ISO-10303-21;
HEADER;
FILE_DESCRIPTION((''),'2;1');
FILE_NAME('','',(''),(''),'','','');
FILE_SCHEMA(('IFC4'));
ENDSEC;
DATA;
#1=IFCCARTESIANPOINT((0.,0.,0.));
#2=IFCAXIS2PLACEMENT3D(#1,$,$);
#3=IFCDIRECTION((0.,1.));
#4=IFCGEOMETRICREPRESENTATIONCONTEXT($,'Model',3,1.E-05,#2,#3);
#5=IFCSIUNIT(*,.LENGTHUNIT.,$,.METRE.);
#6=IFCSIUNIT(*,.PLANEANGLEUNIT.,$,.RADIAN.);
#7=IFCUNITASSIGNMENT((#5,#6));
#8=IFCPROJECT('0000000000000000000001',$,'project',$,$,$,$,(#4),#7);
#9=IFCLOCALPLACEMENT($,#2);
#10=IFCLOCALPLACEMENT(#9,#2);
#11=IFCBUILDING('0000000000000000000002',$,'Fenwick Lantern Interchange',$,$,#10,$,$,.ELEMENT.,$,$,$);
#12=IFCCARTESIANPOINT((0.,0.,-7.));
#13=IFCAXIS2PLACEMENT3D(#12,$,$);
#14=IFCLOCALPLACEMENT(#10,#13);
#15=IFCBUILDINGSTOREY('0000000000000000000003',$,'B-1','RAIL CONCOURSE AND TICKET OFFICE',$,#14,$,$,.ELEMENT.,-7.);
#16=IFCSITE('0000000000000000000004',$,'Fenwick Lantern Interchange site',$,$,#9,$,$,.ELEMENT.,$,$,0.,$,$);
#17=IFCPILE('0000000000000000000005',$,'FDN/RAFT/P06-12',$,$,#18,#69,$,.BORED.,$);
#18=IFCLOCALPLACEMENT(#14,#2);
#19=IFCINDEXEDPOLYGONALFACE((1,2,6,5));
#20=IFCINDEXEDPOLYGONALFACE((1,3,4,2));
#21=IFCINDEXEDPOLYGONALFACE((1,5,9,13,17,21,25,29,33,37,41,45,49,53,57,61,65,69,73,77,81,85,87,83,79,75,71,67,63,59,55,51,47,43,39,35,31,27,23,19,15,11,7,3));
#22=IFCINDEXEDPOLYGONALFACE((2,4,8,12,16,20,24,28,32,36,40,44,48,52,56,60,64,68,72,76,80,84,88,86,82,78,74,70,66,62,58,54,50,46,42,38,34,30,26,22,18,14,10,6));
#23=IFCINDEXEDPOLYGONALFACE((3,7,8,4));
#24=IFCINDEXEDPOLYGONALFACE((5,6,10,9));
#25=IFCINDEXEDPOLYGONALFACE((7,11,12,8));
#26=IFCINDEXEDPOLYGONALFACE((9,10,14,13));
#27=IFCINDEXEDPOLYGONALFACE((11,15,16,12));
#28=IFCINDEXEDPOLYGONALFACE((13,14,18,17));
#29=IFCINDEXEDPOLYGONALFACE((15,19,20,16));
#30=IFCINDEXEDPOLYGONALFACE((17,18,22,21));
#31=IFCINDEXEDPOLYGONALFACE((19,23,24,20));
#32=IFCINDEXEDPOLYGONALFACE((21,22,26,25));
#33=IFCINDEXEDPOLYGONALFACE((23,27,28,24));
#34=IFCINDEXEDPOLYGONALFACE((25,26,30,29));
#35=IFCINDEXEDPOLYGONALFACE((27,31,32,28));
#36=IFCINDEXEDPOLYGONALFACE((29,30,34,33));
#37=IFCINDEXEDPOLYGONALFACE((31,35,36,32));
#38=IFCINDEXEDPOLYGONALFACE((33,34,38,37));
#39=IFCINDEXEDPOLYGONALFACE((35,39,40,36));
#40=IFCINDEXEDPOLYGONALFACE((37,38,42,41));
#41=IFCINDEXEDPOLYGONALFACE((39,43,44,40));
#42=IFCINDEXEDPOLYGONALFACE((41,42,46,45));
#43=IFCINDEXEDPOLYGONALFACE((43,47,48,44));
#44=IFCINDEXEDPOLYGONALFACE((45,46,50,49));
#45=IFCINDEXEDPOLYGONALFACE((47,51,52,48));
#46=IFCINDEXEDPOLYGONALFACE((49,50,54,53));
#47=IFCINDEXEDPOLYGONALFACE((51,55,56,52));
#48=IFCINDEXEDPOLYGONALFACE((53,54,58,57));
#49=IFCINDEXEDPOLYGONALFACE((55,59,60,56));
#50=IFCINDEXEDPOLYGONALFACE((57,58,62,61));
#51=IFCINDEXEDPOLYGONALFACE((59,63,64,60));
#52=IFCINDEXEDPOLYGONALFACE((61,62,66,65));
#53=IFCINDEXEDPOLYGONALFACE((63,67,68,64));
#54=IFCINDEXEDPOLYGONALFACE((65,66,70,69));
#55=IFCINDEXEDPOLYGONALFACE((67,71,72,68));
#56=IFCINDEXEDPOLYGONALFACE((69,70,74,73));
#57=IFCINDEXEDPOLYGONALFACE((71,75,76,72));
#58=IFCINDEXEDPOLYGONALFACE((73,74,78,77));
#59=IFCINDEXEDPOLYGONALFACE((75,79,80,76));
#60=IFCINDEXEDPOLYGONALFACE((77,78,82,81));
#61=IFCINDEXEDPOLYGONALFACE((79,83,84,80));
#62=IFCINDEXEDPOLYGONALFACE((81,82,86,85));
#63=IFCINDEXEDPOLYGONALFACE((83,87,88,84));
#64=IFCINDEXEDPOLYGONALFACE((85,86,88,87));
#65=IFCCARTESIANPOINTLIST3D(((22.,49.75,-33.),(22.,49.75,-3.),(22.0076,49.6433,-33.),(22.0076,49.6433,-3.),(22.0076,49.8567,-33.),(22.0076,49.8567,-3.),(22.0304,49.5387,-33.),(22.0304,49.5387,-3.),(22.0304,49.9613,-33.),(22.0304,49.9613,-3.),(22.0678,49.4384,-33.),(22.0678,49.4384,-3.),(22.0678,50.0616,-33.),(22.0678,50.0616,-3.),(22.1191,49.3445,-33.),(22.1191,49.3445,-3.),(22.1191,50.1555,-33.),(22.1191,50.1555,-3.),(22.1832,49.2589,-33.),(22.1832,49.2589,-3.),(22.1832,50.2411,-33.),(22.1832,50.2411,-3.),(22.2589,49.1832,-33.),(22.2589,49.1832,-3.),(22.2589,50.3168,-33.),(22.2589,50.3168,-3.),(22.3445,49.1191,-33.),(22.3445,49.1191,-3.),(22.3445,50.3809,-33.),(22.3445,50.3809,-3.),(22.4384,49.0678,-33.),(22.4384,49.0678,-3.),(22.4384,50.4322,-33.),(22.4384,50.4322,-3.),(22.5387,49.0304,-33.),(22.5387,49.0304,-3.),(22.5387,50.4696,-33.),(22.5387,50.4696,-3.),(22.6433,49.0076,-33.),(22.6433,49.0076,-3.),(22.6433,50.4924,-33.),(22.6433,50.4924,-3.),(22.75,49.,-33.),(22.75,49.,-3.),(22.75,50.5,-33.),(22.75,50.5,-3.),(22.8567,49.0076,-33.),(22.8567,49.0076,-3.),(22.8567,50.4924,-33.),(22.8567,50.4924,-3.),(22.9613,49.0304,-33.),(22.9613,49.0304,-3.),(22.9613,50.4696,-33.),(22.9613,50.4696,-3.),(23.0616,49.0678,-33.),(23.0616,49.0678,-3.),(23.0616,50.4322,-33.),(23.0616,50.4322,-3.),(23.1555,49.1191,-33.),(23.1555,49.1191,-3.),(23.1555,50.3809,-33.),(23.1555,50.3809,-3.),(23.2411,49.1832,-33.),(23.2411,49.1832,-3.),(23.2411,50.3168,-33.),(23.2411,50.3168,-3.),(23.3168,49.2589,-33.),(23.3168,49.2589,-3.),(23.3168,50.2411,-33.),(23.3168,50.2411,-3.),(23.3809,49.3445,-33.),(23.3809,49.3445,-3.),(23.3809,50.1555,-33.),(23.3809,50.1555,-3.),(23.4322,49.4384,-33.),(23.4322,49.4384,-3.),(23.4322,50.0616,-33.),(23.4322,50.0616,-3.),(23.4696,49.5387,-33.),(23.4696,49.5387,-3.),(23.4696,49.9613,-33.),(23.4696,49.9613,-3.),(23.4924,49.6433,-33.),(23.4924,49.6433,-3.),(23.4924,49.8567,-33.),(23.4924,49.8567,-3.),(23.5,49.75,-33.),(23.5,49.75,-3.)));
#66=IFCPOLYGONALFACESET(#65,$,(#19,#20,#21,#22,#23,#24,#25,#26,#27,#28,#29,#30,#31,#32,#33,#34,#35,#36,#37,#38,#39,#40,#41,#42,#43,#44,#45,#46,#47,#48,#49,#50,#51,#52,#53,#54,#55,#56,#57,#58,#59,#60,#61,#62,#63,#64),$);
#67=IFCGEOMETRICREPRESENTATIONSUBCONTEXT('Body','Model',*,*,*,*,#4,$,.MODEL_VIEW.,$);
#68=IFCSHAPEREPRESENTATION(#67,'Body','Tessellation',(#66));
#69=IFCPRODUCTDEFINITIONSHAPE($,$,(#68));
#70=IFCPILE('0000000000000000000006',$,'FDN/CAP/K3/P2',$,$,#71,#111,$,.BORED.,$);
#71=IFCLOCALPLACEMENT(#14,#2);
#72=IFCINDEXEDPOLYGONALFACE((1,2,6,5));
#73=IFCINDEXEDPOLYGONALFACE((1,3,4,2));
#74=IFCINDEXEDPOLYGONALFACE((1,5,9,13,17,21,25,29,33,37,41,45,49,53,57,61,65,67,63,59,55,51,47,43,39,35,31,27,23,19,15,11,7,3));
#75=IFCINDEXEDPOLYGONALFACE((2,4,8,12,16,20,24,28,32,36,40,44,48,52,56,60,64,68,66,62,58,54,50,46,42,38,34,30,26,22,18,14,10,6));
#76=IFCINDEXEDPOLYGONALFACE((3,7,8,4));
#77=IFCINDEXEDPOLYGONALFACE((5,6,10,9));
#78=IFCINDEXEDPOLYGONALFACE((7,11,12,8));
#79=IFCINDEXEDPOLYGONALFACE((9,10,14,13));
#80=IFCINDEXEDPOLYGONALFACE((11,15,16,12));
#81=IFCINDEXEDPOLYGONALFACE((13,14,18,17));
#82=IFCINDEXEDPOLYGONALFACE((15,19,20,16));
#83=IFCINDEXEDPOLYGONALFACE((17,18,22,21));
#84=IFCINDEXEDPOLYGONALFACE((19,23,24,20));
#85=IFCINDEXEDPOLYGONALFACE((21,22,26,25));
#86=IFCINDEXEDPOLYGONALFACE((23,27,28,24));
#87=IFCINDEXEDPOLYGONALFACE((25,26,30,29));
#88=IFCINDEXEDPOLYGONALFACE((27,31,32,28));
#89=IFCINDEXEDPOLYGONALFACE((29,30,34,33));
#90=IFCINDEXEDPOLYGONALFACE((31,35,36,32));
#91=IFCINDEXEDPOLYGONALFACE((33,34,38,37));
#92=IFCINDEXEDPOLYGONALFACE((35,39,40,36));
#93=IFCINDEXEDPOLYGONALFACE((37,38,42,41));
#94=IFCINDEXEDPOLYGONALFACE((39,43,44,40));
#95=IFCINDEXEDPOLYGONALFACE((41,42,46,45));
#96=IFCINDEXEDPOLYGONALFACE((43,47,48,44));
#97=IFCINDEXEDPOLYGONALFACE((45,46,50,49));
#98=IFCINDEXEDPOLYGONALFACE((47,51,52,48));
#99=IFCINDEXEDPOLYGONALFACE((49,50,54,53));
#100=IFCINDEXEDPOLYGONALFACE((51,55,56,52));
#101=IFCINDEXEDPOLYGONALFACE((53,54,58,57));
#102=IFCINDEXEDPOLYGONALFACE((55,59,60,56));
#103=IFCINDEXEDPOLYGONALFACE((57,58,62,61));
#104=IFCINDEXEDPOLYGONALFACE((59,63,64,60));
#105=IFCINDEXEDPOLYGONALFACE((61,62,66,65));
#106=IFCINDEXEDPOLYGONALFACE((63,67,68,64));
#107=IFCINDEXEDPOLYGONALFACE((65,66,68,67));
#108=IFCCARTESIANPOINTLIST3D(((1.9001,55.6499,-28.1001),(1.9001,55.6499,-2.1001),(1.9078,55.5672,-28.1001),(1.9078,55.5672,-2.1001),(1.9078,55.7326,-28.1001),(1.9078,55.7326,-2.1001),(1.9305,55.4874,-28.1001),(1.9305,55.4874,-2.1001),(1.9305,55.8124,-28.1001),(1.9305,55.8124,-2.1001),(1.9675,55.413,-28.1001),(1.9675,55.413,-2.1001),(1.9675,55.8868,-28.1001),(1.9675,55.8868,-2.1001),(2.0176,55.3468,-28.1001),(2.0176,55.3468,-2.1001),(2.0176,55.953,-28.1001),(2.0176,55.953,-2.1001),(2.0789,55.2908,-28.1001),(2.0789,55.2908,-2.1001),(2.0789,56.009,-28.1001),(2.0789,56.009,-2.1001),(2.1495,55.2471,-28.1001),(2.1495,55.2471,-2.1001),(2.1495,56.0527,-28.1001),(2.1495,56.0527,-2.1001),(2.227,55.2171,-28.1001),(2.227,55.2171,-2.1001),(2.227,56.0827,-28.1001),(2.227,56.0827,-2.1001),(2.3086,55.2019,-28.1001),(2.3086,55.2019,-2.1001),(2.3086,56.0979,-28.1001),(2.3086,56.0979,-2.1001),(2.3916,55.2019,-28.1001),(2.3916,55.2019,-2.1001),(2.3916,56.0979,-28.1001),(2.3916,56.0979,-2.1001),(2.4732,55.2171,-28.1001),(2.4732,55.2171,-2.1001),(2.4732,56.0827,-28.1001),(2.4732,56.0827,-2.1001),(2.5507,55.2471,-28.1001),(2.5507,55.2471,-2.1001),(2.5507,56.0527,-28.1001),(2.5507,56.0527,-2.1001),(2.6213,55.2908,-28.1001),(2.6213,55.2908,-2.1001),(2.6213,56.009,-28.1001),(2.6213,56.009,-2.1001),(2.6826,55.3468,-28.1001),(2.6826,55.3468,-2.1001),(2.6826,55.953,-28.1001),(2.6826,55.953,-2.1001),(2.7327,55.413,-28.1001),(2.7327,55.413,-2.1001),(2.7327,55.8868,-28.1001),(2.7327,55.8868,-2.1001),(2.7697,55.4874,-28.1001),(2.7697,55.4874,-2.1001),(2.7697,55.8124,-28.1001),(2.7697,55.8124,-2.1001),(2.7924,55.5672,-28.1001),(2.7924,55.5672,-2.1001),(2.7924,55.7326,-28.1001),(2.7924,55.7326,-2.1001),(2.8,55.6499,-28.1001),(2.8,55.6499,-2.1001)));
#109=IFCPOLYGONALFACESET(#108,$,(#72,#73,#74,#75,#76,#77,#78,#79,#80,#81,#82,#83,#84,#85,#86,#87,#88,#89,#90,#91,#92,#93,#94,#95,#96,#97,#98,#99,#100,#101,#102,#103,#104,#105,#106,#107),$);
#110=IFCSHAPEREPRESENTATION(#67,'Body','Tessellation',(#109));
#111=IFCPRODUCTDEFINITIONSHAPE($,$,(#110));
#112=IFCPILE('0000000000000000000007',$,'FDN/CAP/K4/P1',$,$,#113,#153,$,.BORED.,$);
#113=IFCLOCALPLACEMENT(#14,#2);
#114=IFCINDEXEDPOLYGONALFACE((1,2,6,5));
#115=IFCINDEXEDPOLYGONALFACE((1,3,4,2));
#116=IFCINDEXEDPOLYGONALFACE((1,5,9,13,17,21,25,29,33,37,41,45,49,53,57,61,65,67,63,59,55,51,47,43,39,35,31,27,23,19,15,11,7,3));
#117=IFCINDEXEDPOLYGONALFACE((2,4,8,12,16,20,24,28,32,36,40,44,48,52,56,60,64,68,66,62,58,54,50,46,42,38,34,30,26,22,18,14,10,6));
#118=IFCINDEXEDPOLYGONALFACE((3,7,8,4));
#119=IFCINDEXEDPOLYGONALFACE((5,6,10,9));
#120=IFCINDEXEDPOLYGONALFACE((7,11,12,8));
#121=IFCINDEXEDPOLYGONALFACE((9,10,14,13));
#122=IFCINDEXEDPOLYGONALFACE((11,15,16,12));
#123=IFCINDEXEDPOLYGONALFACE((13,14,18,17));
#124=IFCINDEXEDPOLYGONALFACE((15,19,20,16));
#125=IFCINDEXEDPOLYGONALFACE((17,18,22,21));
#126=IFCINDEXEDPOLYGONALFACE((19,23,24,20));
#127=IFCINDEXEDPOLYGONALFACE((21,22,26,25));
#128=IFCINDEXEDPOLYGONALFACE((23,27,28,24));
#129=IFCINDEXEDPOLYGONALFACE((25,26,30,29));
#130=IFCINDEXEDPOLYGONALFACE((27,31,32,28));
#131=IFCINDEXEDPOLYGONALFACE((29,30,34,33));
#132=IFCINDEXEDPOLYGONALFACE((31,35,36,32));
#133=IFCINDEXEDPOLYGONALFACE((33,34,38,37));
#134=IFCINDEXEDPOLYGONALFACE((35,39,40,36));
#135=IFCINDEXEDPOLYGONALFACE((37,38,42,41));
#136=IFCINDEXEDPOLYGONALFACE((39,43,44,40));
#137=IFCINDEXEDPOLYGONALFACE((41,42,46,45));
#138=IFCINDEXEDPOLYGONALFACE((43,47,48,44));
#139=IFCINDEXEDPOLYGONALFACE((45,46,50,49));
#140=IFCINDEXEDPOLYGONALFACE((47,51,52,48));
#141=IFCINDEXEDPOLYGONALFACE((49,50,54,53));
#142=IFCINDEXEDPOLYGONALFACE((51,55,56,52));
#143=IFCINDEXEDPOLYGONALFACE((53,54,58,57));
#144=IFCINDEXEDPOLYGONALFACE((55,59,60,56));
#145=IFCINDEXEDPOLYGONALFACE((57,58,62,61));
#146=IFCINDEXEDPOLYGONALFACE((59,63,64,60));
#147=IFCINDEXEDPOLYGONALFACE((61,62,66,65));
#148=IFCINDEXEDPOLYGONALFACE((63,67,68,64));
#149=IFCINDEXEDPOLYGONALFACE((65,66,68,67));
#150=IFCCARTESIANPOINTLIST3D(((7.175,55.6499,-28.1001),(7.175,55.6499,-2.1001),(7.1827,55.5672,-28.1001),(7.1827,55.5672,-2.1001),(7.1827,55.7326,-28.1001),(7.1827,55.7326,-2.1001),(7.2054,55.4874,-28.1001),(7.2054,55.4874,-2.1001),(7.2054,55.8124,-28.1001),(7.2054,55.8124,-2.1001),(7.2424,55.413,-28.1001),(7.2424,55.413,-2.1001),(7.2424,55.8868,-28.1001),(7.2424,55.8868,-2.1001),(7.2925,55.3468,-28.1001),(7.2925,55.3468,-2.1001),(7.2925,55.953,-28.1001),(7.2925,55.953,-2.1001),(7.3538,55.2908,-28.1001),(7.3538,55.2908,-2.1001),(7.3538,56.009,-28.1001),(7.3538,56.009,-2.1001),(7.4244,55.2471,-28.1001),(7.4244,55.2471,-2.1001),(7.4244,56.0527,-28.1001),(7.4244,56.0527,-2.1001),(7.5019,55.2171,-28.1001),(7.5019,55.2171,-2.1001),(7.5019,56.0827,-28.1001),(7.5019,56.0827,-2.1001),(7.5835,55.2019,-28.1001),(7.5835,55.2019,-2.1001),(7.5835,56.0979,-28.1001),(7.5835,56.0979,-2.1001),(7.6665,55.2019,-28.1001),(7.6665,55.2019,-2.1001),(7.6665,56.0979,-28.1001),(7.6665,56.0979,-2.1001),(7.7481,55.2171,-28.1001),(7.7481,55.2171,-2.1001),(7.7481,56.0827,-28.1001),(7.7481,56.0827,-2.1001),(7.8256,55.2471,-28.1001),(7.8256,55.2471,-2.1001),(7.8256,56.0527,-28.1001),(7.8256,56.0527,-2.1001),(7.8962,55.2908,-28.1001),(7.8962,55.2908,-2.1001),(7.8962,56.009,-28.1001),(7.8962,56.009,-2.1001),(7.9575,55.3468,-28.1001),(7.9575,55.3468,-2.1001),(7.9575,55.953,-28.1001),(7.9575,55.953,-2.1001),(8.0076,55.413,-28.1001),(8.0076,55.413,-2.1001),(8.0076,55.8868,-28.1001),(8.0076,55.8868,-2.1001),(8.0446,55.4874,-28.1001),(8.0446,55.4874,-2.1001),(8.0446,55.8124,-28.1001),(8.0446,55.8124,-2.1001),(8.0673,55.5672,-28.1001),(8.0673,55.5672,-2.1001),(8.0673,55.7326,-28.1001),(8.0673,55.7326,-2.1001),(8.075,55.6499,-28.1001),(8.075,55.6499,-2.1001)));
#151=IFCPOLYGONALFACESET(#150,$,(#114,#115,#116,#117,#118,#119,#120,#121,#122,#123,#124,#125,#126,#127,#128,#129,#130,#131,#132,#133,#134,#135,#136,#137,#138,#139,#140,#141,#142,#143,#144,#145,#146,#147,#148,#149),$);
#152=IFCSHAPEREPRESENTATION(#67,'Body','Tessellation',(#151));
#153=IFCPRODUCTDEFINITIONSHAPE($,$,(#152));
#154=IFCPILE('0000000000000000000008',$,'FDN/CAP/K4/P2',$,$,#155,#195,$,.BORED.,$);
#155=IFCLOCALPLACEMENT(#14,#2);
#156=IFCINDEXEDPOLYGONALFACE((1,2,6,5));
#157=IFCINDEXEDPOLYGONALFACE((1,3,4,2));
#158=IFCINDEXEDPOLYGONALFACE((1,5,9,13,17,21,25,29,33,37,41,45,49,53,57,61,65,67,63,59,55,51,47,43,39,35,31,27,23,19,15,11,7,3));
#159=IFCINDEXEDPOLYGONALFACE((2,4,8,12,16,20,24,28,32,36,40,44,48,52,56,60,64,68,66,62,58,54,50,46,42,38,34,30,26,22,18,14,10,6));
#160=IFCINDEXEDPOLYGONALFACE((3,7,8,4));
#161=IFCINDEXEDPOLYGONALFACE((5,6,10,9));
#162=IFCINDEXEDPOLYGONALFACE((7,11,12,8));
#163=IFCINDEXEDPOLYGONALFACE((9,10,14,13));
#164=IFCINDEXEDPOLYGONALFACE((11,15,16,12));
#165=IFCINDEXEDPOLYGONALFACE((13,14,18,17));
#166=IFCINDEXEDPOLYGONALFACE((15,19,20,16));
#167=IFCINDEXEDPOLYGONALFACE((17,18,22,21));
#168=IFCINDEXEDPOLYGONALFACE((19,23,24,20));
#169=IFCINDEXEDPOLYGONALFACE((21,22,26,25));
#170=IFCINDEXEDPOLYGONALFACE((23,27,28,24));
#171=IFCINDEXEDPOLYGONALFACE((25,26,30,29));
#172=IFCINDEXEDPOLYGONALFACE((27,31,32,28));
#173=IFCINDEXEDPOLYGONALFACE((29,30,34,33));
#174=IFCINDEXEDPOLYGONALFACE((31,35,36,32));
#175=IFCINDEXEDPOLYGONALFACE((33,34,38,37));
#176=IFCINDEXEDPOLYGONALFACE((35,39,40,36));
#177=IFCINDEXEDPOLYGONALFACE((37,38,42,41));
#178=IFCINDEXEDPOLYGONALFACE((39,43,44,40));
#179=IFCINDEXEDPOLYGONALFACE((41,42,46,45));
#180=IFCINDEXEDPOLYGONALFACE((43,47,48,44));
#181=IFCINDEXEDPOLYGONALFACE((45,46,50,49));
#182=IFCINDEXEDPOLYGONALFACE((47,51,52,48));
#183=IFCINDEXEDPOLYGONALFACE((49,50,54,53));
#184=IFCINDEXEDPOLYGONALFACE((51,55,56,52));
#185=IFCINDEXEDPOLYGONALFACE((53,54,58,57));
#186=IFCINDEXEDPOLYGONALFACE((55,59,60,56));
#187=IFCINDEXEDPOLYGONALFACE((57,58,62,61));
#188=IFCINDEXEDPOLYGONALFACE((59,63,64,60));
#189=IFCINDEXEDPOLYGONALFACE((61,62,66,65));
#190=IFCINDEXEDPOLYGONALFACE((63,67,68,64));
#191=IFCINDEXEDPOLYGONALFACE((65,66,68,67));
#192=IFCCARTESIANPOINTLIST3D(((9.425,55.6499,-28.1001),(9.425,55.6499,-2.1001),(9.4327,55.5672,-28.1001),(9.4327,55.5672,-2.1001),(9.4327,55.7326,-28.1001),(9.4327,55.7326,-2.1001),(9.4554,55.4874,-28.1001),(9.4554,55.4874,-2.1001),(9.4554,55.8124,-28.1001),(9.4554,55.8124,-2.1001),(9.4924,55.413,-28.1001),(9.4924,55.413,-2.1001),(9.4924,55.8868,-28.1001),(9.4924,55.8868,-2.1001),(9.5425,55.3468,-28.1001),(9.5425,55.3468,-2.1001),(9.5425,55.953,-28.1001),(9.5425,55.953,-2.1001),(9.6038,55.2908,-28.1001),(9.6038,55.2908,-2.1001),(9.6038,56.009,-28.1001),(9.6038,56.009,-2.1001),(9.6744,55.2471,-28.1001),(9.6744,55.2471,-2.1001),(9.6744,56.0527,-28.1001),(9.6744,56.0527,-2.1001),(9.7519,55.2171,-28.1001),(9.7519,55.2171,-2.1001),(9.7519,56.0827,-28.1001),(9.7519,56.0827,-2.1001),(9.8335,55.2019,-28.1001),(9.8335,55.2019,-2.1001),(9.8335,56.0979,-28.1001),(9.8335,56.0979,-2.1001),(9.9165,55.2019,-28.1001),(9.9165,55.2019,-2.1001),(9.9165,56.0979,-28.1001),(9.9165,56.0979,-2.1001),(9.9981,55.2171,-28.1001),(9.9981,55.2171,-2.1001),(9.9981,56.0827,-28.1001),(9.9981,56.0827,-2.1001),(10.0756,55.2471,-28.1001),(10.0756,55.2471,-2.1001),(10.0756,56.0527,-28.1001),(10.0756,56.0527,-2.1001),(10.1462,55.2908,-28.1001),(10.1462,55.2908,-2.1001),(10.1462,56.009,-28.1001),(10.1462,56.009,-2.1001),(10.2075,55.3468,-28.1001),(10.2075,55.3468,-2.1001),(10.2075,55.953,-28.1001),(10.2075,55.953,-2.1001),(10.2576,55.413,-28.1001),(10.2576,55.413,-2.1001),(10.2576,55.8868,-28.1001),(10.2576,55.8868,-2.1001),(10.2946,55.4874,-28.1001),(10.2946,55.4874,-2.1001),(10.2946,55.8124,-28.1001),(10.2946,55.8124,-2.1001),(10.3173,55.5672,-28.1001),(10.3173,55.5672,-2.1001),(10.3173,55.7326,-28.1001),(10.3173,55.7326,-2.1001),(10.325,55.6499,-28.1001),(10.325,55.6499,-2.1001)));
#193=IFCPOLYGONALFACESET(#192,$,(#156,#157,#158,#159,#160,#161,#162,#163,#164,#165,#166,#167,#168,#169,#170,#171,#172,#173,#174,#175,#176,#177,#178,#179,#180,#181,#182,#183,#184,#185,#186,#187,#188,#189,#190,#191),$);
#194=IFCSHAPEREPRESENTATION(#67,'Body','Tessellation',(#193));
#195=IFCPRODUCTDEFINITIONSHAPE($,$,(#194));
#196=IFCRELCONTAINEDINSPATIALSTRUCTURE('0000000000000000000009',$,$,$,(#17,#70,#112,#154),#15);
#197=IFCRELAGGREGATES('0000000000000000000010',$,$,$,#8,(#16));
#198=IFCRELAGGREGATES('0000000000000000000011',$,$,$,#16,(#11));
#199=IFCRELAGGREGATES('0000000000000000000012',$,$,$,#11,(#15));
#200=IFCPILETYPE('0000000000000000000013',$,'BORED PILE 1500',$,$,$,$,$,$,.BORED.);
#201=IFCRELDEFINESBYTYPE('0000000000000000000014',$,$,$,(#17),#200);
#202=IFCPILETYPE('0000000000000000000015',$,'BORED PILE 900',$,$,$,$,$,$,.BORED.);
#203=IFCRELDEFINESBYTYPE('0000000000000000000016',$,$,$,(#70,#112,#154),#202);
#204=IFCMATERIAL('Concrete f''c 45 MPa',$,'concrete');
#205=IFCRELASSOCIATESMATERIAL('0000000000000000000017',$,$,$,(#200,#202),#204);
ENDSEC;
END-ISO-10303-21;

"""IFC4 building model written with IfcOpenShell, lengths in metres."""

from ifc_helpers import new_model, si_unit, direction, frame, origin, origin_2d, place, context, subcontext, project, spatial, circle, extrude, material, type_object, element, save


model = new_model("IFC4")

# Units and contexts
model_context = context("Model", 3, precision=1e-05, world=origin(), true_north=direction((0.0, 1.0)))
body_context = subcontext(model_context, "Body", "Model", "MODEL_VIEW")
ifc_project = project(units=[si_unit("LENGTHUNIT", "METRE"), si_unit("PLANEANGLEUNIT", "RADIAN")], contexts=[model_context])

# Site, building, storey
site_placement = place(None, origin())
site = spatial("IfcSite", under=ifc_project, at=site_placement, Name="Fenwick Lantern Interchange site", CompositionType="ELEMENT", RefElevation=0.0)
building_placement = place(site_placement, origin())
building = spatial("IfcBuilding", under=site, at=building_placement, Name="Fenwick Lantern Interchange", CompositionType="ELEMENT")
storey_placement = place(building_placement, frame((0.0, 0.0, -7.0)))
storey = spatial("IfcBuildingStorey", under=building, at=storey_placement, Name="B-1", Description="RAIL CONCOURSE AND TICKET OFFICE", CompositionType="ELEMENT", Elevation=-7.0)

# Piles
ifc_material_1 = material(Name="Concrete f'c 45 MPa", Category="concrete")
pile_type_1 = type_object("IfcPileType", Name="BORED PILE 1500", PredefinedType="BORED", material=ifc_material_1)
for number, where, z_axis, x_axis, name in (
    (1, (22.75, 49.75, -3.0), (0.0, 0.0, -1.0), (1.0, 0.0, 0.0), "FDN/RAFT/P06-12"),
):
    element("IfcPile", number, at=place(storey_placement, frame(where, z_axis=z_axis, x_axis=x_axis)), inside=storey, type_object=pile_type_1, Name=name, PredefinedType="BORED", context=body_context, shape_type="SweptSolid", body=[
        extrude(circle(Radius=0.75, at=origin_2d()), origin(), (0.0, 0.0, 1.0), 30.0),
    ])
pile_type_2 = type_object("IfcPileType", Name="BORED PILE 900", PredefinedType="BORED", material=ifc_material_1)
for number, where, z_axis, x_axis, name in (
    (2, (2.3501, 55.6499, -2.1001), (0.0, 0.0, -1.0), (1.0, 0.0, 0.0), "FDN/CAP/K3/P2"),
    (3, (7.625, 55.6499, -2.1001), (0.0, 0.0, -1.0), (1.0, 0.0, 0.0), "FDN/CAP/K4/P1"),
    (4, (9.875, 55.6499, -2.1001), (0.0, 0.0, -1.0), (1.0, 0.0, 0.0), "FDN/CAP/K4/P2"),
):
    element("IfcPile", number, at=place(storey_placement, frame(where, z_axis=z_axis, x_axis=x_axis)), inside=storey, type_object=pile_type_2, Name=name, PredefinedType="BORED", context=body_context, shape_type="SweptSolid", body=[
        extrude(circle(Radius=0.45, at=origin_2d()), origin(), (0.0, 0.0, 1.0), 26.0),
    ])

save(model, "model.ifc")
